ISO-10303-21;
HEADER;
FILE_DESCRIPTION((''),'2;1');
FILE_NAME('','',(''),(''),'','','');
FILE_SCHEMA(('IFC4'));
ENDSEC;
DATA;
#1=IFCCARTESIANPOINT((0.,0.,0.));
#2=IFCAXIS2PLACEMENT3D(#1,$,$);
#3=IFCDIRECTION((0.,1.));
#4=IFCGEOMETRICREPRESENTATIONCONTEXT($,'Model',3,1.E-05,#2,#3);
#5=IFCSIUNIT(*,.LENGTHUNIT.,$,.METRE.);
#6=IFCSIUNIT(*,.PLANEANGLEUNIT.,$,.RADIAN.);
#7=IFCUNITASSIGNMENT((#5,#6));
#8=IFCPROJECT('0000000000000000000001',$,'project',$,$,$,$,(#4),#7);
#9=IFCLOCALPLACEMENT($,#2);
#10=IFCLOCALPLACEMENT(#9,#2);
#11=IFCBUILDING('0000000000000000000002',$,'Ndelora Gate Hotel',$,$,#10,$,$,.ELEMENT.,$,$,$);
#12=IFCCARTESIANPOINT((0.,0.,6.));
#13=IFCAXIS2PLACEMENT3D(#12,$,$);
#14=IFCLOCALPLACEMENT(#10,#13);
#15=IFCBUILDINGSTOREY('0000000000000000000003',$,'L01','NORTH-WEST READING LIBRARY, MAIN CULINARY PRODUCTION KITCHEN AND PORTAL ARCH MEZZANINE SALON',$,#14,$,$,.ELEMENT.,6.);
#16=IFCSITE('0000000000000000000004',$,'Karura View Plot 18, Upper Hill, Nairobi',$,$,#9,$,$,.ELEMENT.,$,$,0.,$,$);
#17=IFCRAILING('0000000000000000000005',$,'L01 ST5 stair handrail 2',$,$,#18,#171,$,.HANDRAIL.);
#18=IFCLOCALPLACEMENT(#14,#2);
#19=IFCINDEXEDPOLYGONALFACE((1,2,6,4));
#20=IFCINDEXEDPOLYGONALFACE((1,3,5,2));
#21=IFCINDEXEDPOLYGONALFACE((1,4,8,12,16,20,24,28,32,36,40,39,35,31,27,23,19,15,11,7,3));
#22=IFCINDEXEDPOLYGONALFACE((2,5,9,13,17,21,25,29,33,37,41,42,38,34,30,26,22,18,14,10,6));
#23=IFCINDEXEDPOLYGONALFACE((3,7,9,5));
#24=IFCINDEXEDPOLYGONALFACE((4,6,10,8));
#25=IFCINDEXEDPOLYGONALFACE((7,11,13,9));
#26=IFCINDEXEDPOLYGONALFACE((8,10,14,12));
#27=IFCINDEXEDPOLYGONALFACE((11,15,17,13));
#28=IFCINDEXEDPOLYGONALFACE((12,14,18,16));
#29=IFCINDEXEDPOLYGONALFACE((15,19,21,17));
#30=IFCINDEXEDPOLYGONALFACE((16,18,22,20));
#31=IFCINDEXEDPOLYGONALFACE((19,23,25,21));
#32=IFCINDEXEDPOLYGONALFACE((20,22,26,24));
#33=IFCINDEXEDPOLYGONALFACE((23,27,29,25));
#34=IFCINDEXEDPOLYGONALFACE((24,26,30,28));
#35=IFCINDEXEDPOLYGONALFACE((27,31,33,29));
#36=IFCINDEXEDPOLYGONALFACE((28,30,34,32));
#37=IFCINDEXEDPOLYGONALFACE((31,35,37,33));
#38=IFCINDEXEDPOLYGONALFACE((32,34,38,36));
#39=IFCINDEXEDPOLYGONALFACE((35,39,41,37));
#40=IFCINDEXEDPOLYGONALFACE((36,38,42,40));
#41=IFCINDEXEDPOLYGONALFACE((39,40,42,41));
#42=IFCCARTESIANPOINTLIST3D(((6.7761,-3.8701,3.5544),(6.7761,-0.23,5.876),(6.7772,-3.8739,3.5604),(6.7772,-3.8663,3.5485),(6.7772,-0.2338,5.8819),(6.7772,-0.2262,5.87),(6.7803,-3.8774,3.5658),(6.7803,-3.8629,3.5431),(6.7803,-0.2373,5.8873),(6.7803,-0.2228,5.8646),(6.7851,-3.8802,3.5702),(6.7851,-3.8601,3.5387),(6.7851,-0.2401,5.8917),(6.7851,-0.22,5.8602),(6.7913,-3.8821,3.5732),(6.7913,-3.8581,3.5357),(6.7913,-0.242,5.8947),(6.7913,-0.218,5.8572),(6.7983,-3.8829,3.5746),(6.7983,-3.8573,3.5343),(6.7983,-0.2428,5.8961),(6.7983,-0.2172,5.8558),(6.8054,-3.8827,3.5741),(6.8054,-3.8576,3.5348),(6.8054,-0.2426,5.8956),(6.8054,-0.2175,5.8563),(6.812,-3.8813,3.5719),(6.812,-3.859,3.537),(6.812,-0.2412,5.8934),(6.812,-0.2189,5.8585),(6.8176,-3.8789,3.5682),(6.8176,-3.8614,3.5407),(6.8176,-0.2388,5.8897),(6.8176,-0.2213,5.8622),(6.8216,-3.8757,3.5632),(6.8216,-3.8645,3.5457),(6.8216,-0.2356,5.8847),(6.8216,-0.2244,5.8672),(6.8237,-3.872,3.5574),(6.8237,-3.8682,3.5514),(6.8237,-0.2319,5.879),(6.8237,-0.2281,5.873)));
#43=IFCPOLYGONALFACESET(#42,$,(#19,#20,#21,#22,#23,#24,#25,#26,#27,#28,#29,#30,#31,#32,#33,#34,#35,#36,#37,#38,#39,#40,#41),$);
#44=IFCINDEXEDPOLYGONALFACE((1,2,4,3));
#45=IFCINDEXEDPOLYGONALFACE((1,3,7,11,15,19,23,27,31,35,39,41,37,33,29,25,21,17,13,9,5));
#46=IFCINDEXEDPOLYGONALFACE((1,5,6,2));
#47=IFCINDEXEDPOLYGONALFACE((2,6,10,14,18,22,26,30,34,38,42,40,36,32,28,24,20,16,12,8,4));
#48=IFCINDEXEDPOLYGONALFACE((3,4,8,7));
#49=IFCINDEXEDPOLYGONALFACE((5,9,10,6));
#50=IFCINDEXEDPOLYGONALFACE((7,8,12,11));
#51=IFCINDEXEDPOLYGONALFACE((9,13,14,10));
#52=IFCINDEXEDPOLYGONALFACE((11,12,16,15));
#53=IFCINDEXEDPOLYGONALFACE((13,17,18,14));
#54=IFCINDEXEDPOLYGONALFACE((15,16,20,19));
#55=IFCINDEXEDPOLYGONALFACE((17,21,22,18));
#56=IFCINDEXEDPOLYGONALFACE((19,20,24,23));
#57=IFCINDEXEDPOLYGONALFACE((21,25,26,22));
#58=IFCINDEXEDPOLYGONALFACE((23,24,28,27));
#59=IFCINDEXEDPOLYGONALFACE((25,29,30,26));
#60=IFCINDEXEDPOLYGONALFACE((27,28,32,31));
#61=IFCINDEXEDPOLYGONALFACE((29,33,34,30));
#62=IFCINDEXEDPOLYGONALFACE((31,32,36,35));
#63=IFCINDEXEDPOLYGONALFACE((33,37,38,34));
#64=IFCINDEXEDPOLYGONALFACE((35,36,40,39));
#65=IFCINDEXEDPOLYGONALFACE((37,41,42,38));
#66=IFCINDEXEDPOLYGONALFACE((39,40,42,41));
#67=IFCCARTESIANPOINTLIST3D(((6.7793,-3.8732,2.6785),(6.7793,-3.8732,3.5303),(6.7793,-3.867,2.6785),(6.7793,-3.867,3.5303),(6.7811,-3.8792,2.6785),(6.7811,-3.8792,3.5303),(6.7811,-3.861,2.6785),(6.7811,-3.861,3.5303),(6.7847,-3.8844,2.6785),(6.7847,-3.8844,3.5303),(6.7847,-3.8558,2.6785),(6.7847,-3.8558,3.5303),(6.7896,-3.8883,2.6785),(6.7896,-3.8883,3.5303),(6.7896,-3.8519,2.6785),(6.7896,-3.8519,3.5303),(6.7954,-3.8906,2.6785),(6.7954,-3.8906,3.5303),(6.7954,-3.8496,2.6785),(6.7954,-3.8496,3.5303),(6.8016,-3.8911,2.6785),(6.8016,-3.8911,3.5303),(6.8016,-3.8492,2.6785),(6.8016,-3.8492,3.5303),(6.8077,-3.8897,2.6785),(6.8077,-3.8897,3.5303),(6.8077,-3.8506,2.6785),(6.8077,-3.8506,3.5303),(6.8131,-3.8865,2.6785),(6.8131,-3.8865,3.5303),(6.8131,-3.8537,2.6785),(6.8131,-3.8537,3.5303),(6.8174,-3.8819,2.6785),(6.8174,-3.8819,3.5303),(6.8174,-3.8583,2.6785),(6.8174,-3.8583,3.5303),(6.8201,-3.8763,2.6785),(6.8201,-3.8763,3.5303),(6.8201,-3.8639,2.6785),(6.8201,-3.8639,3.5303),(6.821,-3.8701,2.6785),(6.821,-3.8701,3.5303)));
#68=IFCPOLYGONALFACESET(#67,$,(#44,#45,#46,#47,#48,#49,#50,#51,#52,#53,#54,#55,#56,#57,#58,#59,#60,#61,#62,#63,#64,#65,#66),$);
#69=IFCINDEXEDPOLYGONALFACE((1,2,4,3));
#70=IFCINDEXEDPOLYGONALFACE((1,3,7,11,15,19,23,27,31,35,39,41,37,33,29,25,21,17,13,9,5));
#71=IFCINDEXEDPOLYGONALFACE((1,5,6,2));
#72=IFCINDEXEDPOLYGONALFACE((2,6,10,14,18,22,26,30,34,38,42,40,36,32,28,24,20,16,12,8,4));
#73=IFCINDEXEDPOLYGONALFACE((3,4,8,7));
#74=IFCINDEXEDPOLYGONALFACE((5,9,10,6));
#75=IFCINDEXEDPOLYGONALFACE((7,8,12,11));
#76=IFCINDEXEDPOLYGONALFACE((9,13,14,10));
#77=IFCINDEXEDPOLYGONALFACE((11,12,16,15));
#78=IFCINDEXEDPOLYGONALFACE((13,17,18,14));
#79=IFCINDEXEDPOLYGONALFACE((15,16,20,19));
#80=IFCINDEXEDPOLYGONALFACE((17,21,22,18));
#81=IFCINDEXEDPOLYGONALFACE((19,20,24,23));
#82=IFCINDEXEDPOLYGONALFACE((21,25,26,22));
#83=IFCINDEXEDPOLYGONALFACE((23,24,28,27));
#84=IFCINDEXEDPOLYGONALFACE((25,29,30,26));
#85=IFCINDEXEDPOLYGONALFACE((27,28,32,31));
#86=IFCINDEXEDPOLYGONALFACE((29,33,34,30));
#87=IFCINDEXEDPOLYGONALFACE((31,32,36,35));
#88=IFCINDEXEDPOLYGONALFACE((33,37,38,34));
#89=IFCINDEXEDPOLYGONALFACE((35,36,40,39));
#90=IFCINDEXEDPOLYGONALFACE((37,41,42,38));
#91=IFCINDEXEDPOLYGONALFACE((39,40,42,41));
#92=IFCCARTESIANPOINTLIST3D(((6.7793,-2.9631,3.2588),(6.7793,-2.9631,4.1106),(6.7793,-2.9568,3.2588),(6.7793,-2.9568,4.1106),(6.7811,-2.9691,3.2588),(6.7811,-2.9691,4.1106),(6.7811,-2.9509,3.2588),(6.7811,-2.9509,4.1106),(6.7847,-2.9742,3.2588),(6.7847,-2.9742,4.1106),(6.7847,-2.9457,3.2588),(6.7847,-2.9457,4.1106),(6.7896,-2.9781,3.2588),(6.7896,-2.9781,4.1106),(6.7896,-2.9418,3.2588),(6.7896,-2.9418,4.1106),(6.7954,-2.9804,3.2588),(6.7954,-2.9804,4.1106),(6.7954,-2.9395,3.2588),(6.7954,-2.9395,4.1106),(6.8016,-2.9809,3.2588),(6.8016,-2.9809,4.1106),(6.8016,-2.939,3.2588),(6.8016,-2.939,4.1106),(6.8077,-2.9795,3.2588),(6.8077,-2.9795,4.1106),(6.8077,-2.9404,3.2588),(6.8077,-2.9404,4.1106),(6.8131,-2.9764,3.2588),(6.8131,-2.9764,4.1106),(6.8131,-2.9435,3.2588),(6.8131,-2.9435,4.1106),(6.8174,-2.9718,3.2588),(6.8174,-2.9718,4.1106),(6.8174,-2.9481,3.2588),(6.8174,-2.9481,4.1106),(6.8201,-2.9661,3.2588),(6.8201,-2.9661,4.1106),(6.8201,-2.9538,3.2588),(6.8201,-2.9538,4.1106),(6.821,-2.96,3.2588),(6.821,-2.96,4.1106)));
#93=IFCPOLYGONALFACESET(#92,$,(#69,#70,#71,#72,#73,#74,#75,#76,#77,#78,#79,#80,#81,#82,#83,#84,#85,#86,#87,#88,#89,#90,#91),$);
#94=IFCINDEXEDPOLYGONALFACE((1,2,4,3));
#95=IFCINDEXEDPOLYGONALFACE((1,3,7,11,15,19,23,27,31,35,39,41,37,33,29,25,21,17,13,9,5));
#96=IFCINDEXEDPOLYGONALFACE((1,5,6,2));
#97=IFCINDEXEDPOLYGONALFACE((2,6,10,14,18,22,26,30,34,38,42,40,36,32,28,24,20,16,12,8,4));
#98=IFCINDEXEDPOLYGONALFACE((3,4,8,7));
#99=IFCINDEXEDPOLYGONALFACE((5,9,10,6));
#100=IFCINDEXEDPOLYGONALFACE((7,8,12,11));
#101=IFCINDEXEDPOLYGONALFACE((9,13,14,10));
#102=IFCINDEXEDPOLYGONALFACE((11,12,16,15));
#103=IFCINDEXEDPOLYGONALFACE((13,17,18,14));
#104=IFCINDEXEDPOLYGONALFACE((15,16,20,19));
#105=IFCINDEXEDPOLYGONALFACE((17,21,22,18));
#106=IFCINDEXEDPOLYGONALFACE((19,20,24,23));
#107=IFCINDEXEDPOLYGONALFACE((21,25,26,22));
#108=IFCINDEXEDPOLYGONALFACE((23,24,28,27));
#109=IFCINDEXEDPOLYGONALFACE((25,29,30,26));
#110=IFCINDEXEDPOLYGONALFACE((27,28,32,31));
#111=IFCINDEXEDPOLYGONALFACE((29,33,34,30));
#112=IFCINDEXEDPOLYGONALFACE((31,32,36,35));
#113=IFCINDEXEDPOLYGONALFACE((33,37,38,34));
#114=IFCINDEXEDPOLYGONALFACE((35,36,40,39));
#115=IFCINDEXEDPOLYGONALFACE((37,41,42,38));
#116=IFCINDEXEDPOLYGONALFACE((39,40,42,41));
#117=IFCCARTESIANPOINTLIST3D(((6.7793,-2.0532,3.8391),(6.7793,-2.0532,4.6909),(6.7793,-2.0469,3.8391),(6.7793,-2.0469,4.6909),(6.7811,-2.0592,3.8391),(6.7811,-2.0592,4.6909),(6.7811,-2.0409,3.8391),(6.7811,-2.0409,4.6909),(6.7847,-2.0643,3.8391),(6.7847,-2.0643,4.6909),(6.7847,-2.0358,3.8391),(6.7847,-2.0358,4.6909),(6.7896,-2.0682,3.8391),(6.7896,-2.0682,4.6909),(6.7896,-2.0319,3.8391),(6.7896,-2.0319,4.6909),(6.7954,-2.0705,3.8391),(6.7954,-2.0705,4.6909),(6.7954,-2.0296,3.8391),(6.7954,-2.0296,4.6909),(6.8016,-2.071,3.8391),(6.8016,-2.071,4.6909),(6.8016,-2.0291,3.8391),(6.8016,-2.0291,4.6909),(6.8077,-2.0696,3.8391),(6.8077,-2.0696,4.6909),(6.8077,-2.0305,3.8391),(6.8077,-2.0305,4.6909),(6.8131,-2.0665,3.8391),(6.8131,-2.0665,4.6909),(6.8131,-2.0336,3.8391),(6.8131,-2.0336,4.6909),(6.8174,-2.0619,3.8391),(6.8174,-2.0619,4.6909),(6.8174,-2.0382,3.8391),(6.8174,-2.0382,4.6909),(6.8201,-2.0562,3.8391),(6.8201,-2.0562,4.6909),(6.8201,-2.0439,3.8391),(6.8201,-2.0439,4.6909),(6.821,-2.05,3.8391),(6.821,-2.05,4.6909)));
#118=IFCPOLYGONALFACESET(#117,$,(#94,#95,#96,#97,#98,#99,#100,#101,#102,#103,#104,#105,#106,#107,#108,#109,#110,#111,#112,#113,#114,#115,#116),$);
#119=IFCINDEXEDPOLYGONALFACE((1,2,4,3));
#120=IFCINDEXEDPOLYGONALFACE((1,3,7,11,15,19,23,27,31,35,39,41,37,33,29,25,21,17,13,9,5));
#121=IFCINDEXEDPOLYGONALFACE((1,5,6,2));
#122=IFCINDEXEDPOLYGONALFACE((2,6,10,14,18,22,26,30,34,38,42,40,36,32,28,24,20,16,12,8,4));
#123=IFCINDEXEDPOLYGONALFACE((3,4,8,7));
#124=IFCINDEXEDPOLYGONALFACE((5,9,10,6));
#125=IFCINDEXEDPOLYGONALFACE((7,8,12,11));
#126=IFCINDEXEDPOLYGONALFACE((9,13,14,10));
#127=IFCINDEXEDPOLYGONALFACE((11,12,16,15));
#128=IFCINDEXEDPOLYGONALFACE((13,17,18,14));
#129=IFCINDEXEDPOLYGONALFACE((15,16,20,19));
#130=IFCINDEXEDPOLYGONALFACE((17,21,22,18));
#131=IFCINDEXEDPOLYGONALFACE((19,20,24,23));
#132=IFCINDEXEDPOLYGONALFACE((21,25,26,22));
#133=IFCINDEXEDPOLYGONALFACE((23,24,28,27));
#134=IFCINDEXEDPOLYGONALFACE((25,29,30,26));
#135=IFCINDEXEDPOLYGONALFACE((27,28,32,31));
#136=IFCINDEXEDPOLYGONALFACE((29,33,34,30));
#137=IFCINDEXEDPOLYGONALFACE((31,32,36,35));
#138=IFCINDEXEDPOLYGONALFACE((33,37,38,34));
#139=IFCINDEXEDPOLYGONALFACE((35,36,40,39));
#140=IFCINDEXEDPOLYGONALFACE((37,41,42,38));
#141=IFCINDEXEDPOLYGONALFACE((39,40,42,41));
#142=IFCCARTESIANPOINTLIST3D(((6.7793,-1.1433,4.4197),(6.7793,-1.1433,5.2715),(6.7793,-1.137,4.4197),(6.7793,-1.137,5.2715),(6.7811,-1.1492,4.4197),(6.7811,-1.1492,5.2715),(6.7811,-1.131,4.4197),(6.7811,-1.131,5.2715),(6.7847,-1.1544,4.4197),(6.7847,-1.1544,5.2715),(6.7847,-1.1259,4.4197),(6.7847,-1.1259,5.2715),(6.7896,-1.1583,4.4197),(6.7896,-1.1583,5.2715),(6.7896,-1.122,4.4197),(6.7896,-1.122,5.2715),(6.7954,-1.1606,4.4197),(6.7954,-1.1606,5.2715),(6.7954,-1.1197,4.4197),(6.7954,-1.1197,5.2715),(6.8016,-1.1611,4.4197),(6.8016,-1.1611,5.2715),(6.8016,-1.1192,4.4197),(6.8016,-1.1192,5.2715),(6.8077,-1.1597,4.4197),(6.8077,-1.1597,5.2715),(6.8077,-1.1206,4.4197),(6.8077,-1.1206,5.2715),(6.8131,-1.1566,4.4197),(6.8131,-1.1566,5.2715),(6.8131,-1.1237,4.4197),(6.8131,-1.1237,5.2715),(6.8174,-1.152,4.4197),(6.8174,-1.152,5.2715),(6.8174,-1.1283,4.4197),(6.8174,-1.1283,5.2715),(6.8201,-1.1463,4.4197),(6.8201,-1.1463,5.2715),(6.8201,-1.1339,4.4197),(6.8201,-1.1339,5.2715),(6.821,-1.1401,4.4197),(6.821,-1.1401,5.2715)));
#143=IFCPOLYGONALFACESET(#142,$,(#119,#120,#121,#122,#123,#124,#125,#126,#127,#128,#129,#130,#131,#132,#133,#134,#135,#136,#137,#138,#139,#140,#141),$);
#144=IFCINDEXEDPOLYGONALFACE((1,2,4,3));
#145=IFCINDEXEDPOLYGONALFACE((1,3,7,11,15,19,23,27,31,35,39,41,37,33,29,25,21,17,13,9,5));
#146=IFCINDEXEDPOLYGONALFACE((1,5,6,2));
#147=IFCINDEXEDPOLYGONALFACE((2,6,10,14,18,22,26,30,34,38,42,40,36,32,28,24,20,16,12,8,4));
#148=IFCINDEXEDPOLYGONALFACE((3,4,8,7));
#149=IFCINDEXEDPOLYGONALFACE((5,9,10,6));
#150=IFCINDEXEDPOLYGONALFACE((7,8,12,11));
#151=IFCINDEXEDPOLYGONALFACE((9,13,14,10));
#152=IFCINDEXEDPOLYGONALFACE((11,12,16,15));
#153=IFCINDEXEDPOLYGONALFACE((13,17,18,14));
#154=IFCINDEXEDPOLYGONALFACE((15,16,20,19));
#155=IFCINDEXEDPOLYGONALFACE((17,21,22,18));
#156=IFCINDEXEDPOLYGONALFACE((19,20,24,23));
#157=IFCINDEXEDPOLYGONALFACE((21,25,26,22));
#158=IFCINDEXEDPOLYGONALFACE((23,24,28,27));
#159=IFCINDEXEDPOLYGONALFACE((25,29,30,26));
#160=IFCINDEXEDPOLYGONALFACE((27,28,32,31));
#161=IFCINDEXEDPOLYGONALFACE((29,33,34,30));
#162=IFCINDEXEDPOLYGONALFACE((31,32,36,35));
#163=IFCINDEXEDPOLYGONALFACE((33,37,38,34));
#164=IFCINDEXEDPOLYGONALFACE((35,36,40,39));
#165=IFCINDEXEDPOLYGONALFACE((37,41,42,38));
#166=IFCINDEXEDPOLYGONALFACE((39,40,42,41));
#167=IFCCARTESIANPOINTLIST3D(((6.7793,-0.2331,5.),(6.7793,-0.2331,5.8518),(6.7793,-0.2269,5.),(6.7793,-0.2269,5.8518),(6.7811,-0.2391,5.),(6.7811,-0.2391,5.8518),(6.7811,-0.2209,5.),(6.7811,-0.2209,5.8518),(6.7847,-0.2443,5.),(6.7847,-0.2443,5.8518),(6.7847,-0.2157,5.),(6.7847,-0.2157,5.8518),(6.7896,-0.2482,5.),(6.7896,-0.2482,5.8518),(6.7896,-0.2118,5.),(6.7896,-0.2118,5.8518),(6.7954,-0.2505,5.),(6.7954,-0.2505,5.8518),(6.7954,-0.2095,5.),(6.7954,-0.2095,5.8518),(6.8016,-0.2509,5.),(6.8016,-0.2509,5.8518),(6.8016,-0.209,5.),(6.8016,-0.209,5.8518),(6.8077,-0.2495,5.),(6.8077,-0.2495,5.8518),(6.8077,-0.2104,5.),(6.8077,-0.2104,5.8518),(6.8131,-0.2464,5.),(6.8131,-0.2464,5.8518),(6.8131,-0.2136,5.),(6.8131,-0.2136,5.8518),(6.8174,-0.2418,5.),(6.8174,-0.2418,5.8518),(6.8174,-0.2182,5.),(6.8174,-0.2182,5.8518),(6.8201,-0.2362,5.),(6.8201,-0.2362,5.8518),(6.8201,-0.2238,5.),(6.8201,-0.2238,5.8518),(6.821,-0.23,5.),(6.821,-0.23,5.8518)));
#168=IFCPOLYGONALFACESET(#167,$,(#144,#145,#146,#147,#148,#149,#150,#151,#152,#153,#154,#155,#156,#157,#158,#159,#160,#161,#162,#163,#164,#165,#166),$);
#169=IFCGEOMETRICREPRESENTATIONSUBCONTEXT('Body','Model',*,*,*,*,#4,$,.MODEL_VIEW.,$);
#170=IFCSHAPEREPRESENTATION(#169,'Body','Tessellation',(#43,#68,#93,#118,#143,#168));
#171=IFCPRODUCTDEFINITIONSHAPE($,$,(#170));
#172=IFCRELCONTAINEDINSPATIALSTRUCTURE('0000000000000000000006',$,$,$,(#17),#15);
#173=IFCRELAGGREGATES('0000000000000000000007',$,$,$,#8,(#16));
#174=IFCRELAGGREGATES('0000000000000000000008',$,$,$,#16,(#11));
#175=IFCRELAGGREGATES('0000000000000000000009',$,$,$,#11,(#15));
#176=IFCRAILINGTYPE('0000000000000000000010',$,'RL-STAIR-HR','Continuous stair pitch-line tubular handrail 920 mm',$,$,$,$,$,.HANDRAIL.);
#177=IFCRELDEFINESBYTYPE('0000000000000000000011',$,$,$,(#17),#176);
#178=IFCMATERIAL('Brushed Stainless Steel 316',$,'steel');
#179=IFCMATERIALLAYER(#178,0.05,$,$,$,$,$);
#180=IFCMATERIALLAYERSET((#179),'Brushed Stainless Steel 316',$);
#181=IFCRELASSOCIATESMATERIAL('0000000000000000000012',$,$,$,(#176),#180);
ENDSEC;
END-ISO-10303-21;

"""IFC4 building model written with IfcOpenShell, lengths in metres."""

from ifc_helpers import new_model, si_unit, direction, frame, origin, origin_2d, place, context, subcontext, project, spatial, circle, extrude, material, layer, layer_set, type_object, element, save


model = new_model("IFC4")

# Units and contexts
model_context = context("Model", 3, precision=1e-05, world=origin(), true_north=direction((0.0, 1.0)))
body_context = subcontext(model_context, "Body", "Model", "MODEL_VIEW")
ifc_project = project(units=[si_unit("LENGTHUNIT", "METRE"), si_unit("PLANEANGLEUNIT", "RADIAN")], contexts=[model_context])

# Site, building, storey
site_placement = place(None, origin())
site = spatial("IfcSite", under=ifc_project, at=site_placement, Name="Karura View Plot 18, Upper Hill, Nairobi", CompositionType="ELEMENT", RefElevation=0.0)
building_placement = place(site_placement, origin())
building = spatial("IfcBuilding", under=site, at=building_placement, Name="Ndelora Gate Hotel", CompositionType="ELEMENT")
storey_placement = place(building_placement, frame((0.0, 0.0, 6.0)))
storey = spatial("IfcBuildingStorey", under=building, at=storey_placement, Name="L01", Description="NORTH-WEST READING LIBRARY, MAIN CULINARY PRODUCTION KITCHEN AND PORTAL ARCH MEZZANINE SALON", CompositionType="ELEMENT", Elevation=6.0)

# Railing
ifc_material_1 = material(Name="Brushed Stainless Steel 316", Category="steel")
ifc_layer_1 = layer(ifc_material_1, 0.05)
ifc_layer_set_1 = layer_set([ifc_layer_1], Name="Brushed Stainless Steel 316")
railing_type_1 = type_object("IfcRailingType", Name="RL-STAIR-HR", Description="Continuous stair pitch-line tubular handrail 920 mm", PredefinedType="HANDRAIL", material=ifc_layer_set_1)
railing_1_placement = place(storey_placement, frame((6.8, -3.8701, 2.6785)))
element("IfcRailing", 1, at=railing_1_placement, inside=storey, type_object=railing_type_1, Name="L01 ST5 stair handrail 2", PredefinedType="HANDRAIL", context=body_context, shape_type="SweptSolid", body=[
    extrude(circle(Radius=0.0239, at=origin_2d()), frame((0.0, 0.0, 0.876), z_axis=(0.0, 0.843128, 0.537713), x_axis=(-1.0, 0.0, 0.0)), (0.0, 0.0, 1.0), 4.3174),
    extrude(circle(Radius=0.021, at=origin_2d()), origin(), (0.0, 0.0, 1.0), 0.8518),
    extrude(circle(Radius=0.021, at=origin_2d()), frame((0.0, 0.9102, 0.5803)), (0.0, 0.0, 1.0), 0.8518),
    extrude(circle(Radius=0.021, at=origin_2d()), frame((0.0, 1.8201, 1.1606)), (0.0, 0.0, 1.0), 0.8518),
    extrude(circle(Radius=0.021, at=origin_2d()), frame((0.0, 2.73, 1.7412)), (0.0, 0.0, 1.0), 0.8518),
    extrude(circle(Radius=0.021, at=origin_2d()), frame((0.0, 3.6401, 2.3215)), (0.0, 0.0, 1.0), 0.8518),
])

save(model, "model.ifc")
